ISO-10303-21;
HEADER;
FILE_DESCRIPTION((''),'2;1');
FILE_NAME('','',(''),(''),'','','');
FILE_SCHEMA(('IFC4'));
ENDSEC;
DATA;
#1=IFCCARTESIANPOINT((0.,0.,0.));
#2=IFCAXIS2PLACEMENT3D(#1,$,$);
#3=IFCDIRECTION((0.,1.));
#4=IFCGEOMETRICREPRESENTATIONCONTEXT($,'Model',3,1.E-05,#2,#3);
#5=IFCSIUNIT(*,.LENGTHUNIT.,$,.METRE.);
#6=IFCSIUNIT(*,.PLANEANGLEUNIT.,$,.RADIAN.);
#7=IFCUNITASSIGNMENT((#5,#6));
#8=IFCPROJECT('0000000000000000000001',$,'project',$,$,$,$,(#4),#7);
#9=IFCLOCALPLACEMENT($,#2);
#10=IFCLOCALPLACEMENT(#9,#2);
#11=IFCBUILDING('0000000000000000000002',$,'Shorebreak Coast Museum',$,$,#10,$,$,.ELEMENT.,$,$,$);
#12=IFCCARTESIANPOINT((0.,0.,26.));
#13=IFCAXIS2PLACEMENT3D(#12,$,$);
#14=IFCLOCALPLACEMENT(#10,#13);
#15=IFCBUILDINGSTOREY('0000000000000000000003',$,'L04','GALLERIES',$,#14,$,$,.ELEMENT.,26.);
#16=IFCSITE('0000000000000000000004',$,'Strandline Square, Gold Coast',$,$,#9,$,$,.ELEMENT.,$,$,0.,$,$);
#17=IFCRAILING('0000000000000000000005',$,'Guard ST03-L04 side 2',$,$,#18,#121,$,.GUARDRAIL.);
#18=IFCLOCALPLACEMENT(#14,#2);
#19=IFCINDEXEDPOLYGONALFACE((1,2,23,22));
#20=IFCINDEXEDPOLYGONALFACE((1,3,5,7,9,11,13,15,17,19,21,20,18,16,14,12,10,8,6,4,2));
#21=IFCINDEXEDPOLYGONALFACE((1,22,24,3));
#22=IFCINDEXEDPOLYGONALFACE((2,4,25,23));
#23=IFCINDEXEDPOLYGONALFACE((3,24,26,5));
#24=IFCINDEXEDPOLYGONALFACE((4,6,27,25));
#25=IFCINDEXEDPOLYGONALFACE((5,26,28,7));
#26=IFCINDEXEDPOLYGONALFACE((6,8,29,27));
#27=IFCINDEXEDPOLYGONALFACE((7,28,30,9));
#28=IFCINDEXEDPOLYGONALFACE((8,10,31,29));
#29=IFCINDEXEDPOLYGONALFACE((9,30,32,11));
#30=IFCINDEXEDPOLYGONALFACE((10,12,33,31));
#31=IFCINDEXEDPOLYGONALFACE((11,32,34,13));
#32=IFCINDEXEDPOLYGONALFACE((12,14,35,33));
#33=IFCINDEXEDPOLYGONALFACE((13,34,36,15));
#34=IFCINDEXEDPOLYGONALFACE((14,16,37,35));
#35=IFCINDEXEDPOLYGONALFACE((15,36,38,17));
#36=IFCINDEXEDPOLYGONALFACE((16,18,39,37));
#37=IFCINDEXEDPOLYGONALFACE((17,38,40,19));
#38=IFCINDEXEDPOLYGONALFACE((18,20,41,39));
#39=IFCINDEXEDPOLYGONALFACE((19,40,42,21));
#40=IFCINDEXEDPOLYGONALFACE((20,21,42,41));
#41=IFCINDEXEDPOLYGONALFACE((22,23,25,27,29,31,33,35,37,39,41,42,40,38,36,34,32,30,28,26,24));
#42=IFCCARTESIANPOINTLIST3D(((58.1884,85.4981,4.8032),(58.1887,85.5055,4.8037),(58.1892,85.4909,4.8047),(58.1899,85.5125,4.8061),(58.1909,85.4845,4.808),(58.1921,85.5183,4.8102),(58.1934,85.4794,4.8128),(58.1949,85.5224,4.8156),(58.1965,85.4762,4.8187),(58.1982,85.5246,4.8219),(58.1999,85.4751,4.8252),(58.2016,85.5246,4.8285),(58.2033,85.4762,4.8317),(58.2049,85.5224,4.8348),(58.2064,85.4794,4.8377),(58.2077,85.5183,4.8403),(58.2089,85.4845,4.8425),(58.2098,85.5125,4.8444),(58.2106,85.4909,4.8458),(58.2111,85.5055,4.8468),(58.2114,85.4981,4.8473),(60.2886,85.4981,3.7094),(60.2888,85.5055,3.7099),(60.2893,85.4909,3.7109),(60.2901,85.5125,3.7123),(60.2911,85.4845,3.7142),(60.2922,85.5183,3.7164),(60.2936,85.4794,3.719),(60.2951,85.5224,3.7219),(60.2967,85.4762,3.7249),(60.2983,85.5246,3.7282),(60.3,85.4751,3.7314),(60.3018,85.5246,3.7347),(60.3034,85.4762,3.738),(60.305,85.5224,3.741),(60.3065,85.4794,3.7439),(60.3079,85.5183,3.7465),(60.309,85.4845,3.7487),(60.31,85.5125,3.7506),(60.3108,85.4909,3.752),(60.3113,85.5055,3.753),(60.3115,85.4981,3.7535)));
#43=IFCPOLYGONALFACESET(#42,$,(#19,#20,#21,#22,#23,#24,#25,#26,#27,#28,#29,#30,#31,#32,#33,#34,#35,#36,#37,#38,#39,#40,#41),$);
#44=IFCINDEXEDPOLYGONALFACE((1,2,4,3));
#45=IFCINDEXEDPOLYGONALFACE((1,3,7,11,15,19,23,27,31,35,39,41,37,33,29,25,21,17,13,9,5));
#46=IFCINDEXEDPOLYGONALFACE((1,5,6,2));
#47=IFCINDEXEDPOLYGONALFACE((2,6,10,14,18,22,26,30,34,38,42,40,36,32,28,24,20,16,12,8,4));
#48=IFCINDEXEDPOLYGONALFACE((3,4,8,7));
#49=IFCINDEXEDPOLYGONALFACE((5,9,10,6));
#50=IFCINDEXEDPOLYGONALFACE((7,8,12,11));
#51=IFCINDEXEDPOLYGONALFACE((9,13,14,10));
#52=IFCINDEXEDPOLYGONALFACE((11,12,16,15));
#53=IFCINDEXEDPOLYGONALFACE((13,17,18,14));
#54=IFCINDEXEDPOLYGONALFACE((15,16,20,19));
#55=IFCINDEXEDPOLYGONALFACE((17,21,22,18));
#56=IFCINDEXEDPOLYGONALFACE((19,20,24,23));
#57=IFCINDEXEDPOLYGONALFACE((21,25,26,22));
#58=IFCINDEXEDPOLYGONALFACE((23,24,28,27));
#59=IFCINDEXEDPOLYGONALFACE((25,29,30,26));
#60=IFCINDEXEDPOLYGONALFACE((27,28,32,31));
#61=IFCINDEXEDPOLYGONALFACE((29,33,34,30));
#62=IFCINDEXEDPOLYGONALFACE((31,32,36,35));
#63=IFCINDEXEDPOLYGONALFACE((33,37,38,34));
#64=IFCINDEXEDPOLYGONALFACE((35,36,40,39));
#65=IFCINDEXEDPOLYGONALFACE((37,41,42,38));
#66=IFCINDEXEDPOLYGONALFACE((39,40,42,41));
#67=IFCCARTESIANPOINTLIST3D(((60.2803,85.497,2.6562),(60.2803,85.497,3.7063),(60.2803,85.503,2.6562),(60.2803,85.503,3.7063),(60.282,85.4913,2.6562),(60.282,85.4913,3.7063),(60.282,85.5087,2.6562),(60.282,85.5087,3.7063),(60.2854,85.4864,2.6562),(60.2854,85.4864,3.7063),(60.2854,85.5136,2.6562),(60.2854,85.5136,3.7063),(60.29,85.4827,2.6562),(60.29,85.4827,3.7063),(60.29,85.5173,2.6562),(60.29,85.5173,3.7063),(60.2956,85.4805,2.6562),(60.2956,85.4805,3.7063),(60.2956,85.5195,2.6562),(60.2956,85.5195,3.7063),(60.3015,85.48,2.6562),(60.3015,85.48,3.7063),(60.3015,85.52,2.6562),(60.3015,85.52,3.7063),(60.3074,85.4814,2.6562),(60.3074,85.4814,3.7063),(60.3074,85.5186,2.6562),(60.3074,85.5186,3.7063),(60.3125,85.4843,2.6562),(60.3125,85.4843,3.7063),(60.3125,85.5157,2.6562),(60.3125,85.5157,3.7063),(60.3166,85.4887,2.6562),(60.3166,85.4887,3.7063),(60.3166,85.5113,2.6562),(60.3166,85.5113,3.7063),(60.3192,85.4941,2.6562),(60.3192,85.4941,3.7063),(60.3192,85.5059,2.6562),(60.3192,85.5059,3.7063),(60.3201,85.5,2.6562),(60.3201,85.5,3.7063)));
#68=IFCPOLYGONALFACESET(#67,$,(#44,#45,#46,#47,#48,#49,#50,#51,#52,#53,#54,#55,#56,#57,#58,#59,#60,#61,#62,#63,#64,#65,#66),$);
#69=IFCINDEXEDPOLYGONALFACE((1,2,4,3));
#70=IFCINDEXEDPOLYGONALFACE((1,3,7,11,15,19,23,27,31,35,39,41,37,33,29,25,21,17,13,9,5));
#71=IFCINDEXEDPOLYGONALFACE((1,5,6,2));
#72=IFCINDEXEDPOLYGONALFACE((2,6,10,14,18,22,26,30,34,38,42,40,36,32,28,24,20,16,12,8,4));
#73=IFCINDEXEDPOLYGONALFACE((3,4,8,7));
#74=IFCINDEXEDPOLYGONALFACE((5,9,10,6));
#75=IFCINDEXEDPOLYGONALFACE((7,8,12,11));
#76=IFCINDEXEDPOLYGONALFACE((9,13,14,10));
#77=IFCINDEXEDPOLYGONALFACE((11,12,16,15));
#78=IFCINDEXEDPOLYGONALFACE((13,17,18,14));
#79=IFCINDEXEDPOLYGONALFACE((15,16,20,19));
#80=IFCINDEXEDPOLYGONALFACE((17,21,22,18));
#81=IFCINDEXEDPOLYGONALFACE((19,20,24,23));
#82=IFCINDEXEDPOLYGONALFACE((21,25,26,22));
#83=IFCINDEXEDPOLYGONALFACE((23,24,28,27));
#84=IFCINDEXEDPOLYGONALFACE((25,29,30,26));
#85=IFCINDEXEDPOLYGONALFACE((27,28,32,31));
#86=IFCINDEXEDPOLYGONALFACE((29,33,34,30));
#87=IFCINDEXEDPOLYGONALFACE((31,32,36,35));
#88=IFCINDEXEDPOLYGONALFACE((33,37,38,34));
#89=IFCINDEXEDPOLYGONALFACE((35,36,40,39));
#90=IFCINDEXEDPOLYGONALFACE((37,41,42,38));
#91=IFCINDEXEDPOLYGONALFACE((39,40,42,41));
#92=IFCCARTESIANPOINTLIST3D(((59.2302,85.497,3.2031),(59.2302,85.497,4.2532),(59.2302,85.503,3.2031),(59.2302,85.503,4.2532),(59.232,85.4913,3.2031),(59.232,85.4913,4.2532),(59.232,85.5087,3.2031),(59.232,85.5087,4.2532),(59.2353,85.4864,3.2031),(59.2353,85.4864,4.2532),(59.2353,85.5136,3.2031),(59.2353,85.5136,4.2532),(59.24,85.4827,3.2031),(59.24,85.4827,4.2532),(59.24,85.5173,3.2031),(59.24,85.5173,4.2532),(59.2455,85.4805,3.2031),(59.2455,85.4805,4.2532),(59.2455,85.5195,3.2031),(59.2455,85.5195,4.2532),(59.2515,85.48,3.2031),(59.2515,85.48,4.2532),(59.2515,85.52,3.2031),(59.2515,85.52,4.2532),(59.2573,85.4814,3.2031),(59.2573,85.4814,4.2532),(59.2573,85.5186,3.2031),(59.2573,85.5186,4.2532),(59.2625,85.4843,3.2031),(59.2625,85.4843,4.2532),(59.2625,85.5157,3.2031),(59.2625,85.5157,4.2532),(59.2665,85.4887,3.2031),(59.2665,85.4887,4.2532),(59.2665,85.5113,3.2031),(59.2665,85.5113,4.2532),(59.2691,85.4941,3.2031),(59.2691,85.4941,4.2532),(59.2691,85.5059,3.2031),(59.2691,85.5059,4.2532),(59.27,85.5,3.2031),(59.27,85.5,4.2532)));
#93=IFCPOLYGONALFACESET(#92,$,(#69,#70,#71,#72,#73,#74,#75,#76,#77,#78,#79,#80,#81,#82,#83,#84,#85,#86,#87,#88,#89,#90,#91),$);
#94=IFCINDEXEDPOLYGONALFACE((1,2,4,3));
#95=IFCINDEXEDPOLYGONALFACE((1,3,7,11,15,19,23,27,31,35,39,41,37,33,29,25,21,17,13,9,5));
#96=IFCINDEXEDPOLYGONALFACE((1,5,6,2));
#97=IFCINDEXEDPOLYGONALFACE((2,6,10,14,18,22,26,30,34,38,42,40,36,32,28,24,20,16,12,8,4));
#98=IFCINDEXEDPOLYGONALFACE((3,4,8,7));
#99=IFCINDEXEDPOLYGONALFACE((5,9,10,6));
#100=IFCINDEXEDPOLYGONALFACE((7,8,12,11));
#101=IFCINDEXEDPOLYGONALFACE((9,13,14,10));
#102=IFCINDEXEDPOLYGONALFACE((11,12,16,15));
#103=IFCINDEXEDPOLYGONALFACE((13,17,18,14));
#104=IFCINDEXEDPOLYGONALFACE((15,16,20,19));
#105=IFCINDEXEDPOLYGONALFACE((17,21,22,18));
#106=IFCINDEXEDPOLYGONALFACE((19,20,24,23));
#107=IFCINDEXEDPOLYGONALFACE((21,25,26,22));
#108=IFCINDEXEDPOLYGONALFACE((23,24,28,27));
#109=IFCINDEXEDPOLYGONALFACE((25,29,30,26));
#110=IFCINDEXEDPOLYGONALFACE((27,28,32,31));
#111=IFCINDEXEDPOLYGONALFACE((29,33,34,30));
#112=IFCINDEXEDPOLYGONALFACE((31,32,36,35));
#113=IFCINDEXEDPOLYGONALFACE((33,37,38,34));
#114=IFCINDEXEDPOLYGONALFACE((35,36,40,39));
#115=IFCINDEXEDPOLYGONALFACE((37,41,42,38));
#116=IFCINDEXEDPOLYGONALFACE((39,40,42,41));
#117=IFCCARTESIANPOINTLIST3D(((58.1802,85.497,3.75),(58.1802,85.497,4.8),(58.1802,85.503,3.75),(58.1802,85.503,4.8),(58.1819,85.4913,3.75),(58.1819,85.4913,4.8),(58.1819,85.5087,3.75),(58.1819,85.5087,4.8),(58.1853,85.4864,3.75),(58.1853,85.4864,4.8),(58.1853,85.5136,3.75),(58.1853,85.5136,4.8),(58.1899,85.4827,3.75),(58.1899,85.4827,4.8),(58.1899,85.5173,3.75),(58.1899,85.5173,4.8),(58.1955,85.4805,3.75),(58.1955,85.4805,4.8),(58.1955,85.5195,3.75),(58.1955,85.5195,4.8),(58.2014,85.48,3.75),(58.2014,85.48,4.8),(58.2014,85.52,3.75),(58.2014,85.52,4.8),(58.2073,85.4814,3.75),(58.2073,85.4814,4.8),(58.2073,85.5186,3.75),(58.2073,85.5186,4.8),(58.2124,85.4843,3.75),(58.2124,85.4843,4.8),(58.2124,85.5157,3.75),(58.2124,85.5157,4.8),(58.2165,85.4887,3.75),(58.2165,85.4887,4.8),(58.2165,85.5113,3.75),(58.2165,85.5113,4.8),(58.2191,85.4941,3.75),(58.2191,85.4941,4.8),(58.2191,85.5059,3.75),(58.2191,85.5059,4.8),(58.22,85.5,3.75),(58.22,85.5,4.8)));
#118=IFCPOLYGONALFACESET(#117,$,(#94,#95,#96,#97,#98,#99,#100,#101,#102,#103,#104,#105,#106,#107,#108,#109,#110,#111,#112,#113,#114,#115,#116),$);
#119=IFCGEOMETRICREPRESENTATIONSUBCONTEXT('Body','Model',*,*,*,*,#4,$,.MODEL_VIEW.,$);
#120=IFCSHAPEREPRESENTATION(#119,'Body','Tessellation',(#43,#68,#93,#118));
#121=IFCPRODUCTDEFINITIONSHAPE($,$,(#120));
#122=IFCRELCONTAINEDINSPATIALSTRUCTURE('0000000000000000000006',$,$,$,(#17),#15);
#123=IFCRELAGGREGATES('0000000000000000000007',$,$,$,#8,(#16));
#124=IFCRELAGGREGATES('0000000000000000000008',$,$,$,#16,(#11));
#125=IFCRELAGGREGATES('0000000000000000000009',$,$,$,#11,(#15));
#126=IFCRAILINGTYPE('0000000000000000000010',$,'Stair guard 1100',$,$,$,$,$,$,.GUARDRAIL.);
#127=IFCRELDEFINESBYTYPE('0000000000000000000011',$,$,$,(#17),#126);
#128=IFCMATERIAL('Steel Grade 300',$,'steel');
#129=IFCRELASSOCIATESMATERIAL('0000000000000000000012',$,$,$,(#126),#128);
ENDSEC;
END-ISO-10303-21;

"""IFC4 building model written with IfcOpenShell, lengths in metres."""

from ifc_helpers import new_model, si_unit, direction, frame, origin, origin_2d, place, context, subcontext, project, spatial, circle, extrude, material, type_object, element, save


model = new_model("IFC4")

# Units and contexts
model_context = context("Model", 3, precision=1e-05, world=origin(), true_north=direction((0.0, 1.0)))
body_context = subcontext(model_context, "Body", "Model", "MODEL_VIEW")
ifc_project = project(units=[si_unit("LENGTHUNIT", "METRE"), si_unit("PLANEANGLEUNIT", "RADIAN")], contexts=[model_context])

# Site, building, storey
site_placement = place(None, origin())
site = spatial("IfcSite", under=ifc_project, at=site_placement, Name="Strandline Square, Gold Coast", CompositionType="ELEMENT", RefElevation=0.0)
building_placement = place(site_placement, origin())
building = spatial("IfcBuilding", under=site, at=building_placement, Name="Shorebreak Coast Museum", CompositionType="ELEMENT")
storey_placement = place(building_placement, frame((0.0, 0.0, 26.0)))
storey = spatial("IfcBuildingStorey", under=building, at=storey_placement, Name="L04", Description="GALLERIES", CompositionType="ELEMENT", Elevation=26.0)

# Railing
ifc_material_1 = material(Name="Steel Grade 300", Category="steel")
railing_type_1 = type_object("IfcRailingType", Name="Stair guard 1100", PredefinedType="GUARDRAIL", material=ifc_material_1)
railing_placement = place(storey_placement, frame((60.3, 85.5, 2.6562)))
element("IfcRailing", 1, at=railing_placement, inside=storey, type_object=railing_type_1, Name="Guard ST03-L04 side 2", PredefinedType="GUARDRAIL", context=body_context, shape_type="SweptSolid", body=[
    extrude(circle(Radius=0.0249, at=origin_2d()), frame((0.0, 0.0, 1.0752), z_axis=(-0.886923, 0.0, 0.461918), x_axis=(0.0, -1.0, 0.0)), (0.0, 0.0, 1.0), 2.3679),
    extrude(circle(Radius=0.02, at=origin_2d()), origin(), (0.0, 0.0, 1.0), 1.05),
    extrude(circle(Radius=0.02, at=origin_2d()), frame((-1.05, 0.0, 0.5469)), (0.0, 0.0, 1.0), 1.05),
    extrude(circle(Radius=0.02, at=origin_2d()), frame((-2.1001, 0.0, 1.0938)), (0.0, 0.0, 1.0), 1.05),
])

save(model, "model.ifc")
